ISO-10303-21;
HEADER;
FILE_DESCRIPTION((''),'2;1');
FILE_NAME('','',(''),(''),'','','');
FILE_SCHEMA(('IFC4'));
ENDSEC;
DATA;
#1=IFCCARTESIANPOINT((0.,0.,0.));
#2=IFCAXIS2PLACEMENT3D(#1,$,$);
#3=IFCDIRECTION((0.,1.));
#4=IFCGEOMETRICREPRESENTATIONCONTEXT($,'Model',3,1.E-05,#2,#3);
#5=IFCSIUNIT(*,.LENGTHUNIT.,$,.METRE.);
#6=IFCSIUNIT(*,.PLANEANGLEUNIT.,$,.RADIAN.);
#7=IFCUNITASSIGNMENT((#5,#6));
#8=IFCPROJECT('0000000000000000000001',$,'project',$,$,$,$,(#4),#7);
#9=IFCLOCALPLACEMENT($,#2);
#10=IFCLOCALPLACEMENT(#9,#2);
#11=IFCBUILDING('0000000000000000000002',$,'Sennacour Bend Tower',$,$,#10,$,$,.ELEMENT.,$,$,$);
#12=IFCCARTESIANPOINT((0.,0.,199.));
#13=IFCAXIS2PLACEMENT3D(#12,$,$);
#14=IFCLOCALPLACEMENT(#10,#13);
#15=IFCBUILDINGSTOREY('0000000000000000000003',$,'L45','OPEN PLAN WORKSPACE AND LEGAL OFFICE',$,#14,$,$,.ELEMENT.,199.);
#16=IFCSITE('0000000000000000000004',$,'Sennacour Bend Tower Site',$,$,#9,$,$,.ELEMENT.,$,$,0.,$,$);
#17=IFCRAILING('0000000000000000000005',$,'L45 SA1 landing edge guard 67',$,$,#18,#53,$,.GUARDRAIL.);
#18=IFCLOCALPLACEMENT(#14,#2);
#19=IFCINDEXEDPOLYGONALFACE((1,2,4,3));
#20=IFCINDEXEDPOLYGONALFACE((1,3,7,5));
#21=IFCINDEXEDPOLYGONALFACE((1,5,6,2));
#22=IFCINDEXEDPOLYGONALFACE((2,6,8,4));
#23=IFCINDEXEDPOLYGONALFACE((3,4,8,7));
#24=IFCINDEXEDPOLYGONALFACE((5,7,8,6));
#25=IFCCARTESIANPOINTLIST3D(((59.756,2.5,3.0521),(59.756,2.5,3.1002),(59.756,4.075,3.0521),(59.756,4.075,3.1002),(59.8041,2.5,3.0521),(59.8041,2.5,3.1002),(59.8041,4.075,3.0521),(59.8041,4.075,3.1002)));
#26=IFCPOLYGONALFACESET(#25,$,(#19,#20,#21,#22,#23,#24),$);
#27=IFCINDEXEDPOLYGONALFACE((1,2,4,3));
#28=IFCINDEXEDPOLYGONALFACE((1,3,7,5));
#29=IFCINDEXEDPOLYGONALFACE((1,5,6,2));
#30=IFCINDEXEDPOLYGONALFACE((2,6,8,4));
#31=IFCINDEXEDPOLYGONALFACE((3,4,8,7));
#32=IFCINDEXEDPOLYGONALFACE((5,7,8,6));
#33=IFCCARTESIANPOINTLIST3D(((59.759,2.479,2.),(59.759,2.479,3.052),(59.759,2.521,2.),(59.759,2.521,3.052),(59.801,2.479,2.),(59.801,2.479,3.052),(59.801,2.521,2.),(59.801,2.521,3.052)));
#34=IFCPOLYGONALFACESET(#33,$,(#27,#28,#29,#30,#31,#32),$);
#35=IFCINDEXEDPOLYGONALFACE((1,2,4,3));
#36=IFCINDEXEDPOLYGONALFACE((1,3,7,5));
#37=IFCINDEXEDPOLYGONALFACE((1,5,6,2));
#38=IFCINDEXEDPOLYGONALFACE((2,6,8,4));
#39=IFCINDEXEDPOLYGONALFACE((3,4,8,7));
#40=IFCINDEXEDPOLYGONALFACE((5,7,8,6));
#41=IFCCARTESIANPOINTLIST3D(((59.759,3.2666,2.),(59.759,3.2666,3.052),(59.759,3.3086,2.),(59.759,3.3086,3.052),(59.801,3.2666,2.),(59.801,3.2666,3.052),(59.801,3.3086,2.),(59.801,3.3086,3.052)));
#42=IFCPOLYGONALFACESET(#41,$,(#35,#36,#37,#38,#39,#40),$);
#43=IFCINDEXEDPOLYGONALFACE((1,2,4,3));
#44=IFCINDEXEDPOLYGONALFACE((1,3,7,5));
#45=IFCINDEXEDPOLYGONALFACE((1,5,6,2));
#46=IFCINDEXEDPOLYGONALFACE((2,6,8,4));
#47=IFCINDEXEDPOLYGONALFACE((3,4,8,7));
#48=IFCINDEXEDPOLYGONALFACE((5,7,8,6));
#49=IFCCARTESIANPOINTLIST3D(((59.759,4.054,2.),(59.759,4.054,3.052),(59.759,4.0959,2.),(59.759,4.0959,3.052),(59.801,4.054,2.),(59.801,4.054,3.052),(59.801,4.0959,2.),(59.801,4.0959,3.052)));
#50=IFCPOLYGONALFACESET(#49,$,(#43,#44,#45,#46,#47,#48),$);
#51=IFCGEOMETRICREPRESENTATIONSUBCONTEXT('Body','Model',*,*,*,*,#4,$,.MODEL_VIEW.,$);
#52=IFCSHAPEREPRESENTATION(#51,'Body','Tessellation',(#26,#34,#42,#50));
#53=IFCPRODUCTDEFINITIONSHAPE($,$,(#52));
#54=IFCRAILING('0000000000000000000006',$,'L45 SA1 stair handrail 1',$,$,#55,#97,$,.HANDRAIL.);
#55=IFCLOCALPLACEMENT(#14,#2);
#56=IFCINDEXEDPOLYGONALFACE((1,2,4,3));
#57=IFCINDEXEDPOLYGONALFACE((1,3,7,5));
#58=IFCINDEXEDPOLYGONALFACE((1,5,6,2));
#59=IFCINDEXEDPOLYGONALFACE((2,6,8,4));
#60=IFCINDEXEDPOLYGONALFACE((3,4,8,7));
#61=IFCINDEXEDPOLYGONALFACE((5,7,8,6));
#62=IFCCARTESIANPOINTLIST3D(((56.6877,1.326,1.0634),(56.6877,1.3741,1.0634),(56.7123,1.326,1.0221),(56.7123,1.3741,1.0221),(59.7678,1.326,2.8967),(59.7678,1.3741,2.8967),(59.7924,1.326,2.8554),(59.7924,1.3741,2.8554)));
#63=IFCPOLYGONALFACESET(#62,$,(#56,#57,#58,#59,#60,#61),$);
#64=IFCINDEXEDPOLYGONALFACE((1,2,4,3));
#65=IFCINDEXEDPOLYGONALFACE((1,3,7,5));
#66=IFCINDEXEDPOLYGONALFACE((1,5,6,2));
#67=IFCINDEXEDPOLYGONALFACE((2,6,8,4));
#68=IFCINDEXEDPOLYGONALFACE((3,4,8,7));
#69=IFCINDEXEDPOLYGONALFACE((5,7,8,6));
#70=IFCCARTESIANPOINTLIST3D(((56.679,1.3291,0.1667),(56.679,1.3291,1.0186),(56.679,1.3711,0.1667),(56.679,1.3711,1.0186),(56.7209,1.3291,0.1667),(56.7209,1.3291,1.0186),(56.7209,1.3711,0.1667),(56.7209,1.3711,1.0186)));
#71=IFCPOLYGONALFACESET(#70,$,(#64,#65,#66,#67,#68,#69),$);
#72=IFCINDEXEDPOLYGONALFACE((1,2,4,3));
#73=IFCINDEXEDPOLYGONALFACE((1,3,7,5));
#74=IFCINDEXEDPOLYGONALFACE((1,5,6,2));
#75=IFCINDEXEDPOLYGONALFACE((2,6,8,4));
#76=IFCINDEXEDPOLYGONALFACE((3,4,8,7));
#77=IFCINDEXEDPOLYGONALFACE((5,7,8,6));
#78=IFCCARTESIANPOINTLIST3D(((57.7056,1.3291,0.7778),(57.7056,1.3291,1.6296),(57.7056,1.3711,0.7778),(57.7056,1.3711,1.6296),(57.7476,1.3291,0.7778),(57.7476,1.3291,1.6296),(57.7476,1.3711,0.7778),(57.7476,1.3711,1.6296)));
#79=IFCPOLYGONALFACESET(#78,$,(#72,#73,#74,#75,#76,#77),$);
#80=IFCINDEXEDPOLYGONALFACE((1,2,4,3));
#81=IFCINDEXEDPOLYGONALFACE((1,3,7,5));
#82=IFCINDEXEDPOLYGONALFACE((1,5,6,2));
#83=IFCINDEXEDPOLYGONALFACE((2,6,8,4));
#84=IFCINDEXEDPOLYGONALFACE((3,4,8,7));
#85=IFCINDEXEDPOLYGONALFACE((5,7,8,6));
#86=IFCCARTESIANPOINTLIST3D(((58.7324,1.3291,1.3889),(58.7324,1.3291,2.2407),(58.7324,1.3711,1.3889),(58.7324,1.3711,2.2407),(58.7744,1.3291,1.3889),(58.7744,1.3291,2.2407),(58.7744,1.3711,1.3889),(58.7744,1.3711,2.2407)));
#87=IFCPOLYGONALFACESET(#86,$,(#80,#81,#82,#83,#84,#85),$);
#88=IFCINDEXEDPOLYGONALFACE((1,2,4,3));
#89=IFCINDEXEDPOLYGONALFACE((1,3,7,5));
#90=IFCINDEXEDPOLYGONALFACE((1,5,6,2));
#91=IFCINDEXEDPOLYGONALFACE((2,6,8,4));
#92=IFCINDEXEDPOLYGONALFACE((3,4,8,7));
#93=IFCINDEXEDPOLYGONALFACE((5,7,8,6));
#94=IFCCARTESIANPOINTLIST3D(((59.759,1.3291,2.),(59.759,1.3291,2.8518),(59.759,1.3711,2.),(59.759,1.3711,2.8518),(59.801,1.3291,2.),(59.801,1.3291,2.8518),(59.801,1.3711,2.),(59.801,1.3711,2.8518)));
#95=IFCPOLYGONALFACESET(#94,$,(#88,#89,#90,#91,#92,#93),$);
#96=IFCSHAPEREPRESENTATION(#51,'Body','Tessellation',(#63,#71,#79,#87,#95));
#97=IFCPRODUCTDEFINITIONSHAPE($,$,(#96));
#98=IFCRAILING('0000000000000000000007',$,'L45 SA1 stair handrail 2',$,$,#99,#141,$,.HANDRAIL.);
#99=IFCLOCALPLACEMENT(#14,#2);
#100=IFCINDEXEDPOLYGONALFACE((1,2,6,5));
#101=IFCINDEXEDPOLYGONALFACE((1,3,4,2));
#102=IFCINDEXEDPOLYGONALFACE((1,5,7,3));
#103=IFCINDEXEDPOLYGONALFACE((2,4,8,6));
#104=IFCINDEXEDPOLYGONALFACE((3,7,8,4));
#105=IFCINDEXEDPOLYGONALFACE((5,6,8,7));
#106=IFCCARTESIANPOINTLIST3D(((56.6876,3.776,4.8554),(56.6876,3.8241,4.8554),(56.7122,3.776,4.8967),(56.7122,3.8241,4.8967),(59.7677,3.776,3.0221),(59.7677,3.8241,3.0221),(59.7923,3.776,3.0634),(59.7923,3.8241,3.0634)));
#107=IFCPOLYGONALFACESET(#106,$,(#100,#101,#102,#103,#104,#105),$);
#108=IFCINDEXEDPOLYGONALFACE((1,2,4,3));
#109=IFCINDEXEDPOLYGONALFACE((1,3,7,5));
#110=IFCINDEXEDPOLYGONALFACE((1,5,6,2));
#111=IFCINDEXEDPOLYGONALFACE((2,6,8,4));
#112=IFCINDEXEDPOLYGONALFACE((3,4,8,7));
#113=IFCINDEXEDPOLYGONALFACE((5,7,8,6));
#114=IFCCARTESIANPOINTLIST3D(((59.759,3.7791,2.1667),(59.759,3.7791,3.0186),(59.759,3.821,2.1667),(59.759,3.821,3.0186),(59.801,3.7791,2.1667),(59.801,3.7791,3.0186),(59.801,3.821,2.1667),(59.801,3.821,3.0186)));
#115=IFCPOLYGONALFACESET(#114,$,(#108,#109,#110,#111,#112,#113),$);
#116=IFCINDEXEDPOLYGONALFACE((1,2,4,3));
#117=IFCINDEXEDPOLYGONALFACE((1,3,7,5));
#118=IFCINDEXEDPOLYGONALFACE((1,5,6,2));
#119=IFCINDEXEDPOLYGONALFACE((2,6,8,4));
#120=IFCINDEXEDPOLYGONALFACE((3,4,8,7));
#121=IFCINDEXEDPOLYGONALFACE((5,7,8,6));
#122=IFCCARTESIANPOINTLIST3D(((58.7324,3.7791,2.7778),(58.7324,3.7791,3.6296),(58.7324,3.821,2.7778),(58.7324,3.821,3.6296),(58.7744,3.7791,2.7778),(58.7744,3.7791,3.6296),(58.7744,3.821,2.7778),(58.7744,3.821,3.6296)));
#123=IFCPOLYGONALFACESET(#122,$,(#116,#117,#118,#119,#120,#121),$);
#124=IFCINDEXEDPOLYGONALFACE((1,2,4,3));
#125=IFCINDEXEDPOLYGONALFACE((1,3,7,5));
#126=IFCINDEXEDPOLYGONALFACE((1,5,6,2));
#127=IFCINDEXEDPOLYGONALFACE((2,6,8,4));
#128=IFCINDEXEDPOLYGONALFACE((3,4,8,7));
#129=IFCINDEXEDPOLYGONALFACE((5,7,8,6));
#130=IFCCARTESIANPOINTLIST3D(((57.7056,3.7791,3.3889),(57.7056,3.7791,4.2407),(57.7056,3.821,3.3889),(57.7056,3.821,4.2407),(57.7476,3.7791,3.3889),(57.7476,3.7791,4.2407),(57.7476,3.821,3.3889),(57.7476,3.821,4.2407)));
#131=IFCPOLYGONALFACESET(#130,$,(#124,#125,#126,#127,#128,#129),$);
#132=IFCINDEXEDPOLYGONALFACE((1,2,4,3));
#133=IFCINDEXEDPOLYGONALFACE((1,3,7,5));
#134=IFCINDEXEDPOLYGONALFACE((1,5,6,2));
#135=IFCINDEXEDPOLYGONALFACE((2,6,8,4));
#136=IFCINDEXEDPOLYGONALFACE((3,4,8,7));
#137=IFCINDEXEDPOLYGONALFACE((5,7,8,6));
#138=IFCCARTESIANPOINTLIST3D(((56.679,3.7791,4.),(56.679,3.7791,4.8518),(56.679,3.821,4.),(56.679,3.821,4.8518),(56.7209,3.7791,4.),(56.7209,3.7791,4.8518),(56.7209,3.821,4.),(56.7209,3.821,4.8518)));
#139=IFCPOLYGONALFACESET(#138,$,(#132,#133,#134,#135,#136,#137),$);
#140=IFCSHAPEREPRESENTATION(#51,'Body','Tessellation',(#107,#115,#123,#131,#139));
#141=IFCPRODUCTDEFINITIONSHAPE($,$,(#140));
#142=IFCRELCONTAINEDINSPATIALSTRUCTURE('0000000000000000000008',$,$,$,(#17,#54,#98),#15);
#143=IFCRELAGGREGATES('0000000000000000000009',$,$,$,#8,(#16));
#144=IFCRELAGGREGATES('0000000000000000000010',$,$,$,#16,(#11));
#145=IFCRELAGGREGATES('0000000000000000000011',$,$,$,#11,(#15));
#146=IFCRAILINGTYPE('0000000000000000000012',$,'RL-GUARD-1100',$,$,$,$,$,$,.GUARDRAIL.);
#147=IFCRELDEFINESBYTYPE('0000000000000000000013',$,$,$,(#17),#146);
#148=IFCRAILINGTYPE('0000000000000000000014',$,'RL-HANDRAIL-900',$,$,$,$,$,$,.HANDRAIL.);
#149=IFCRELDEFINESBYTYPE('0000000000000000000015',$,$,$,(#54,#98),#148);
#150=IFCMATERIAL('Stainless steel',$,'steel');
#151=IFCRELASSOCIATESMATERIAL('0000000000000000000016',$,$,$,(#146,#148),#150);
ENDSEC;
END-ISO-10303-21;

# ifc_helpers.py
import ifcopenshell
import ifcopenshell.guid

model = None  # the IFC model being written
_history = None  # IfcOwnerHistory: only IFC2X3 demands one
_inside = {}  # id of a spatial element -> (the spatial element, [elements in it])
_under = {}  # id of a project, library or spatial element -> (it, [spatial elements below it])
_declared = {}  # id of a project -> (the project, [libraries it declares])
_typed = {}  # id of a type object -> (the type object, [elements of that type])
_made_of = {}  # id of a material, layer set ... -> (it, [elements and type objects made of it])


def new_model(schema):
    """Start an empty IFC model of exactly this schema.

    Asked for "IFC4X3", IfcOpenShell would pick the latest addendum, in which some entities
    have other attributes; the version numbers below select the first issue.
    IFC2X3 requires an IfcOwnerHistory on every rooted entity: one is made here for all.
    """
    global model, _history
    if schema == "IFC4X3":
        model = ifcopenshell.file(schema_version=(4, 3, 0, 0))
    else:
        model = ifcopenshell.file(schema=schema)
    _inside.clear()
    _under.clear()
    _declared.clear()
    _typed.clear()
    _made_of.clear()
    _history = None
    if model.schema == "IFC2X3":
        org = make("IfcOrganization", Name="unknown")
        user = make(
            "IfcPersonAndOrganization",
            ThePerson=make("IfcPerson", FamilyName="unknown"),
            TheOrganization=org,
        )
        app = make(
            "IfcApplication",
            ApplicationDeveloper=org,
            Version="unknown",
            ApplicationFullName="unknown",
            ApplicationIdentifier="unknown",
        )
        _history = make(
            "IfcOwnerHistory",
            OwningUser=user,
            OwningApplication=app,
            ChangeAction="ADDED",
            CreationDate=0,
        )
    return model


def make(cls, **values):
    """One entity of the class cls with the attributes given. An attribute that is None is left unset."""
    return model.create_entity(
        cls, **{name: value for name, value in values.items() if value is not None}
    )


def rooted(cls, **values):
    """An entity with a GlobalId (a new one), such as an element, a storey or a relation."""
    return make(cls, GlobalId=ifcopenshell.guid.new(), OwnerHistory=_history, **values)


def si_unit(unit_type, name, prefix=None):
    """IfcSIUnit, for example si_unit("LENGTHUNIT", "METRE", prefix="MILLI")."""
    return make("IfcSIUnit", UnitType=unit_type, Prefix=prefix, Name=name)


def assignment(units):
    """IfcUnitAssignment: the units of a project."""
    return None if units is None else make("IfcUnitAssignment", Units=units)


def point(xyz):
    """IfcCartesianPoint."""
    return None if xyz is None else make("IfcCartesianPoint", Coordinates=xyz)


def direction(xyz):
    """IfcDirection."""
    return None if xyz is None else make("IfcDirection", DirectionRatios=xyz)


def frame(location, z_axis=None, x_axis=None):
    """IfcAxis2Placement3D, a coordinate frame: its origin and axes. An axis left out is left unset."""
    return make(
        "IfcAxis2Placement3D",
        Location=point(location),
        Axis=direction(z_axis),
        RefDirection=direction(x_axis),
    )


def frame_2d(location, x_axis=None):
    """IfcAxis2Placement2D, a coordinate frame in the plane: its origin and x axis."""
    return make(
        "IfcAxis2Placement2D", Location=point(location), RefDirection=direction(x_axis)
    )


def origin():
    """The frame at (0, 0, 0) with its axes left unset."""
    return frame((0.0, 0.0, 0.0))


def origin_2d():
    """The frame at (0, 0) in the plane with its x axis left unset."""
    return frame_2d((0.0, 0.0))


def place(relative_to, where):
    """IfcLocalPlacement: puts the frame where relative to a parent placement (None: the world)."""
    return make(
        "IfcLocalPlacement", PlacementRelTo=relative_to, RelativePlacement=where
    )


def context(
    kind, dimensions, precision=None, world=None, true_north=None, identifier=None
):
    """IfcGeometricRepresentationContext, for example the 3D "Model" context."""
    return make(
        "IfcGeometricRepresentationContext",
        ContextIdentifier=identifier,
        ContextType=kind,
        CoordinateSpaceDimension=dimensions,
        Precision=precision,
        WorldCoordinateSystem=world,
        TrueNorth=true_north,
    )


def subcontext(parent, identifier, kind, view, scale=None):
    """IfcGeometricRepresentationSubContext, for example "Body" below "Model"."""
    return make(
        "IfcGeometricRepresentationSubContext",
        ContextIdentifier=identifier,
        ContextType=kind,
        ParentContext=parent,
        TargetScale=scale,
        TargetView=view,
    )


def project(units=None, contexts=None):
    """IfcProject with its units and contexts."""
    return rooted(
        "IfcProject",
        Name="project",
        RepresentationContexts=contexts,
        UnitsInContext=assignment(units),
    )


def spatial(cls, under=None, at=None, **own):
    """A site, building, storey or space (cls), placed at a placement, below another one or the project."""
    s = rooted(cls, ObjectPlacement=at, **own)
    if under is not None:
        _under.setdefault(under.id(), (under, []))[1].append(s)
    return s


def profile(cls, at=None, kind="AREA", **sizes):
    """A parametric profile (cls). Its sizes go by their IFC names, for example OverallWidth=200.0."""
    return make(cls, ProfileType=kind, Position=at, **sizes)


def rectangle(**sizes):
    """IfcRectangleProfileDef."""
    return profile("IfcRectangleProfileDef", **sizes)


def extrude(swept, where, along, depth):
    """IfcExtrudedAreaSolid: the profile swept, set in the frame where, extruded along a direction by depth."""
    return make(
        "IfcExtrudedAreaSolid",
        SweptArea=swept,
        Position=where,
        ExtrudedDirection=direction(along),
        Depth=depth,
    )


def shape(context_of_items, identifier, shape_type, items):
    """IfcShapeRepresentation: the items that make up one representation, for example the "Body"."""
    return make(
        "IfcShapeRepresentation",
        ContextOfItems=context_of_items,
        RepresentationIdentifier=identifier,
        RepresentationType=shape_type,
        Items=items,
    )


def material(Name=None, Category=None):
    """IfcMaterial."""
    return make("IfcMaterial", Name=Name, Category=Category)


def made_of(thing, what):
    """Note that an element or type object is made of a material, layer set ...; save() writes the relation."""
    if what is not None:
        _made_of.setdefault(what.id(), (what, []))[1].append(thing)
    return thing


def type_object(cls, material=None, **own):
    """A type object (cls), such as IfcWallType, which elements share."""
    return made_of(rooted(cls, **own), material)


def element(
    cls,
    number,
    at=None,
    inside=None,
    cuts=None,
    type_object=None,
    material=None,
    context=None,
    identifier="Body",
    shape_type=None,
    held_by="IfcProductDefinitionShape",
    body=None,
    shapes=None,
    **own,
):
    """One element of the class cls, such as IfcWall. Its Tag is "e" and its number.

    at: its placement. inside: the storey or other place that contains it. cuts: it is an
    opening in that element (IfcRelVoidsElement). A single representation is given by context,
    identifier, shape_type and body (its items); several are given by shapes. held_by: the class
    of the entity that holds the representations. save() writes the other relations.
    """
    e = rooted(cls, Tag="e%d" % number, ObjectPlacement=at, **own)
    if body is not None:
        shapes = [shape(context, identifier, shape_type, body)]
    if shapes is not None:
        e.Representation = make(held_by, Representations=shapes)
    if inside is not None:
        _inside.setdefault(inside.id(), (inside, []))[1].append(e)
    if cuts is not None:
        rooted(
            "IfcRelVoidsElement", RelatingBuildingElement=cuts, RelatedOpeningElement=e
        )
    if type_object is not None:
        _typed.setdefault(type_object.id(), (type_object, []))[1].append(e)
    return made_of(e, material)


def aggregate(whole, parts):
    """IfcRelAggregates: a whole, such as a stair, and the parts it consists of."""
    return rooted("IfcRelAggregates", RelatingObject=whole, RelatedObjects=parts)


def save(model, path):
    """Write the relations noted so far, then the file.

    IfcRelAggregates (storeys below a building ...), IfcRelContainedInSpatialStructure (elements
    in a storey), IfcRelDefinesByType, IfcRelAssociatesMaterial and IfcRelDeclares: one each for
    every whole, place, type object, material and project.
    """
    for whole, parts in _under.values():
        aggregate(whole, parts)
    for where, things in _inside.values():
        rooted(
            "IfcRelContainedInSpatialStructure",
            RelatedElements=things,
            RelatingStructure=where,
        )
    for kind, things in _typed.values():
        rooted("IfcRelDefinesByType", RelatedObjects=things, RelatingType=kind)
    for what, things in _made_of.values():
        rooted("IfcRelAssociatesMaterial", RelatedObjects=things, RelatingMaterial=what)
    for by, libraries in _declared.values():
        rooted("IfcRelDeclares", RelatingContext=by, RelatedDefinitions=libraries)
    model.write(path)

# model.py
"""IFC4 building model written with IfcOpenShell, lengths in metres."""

from ifc_helpers import new_model, si_unit, direction, frame, origin, origin_2d, place, context, subcontext, project, spatial, rectangle, extrude, material, type_object, element, save


model = new_model("IFC4")

# Units and contexts
model_context = context("Model", 3, precision=1e-05, world=origin(), true_north=direction((0.0, 1.0)))
body_context = subcontext(model_context, "Body", "Model", "MODEL_VIEW")
ifc_project = project(units=[si_unit("LENGTHUNIT", "METRE"), si_unit("PLANEANGLEUNIT", "RADIAN")], contexts=[model_context])

# Site, building, storey
site_placement = place(None, origin())
site = spatial("IfcSite", under=ifc_project, at=site_placement, Name="Sennacour Bend Tower Site", CompositionType="ELEMENT", RefElevation=0.0)
building_placement = place(site_placement, origin())
building = spatial("IfcBuilding", under=site, at=building_placement, Name="Sennacour Bend Tower", CompositionType="ELEMENT")
storey_placement = place(building_placement, frame((0.0, 0.0, 199.0)))
storey = spatial("IfcBuildingStorey", under=building, at=storey_placement, Name="L45", Description="OPEN PLAN WORKSPACE AND LEGAL OFFICE", CompositionType="ELEMENT", Elevation=199.0)

# Shared definitions
ifc_material_1 = material(Name="Stainless steel", Category="steel")

# Railings
railing_type_1 = type_object("IfcRailingType", Name="RL-GUARD-1100", PredefinedType="GUARDRAIL", material=ifc_material_1)
railing_1_placement = place(storey_placement, frame((59.78, 2.5, 2.0)))
element("IfcRailing", 1, at=railing_1_placement, inside=storey, type_object=railing_type_1, Name="L45 SA1 landing edge guard 67", PredefinedType="GUARDRAIL", context=body_context, shape_type="SweptSolid", body=[
    extrude(rectangle(XDim=0.0481, YDim=0.0481, at=origin_2d()), frame((0.0, 0.0, 1.0762), z_axis=(0.0, 1.0, 0.0), x_axis=(-1.0, 0.0, 0.0)), (0.0, 0.0, 1.0), 1.575),
    extrude(rectangle(XDim=0.042, YDim=0.042, at=origin_2d()), origin(), (0.0, 0.0, 1.0), 1.052),
    extrude(rectangle(XDim=0.042, YDim=0.042, at=origin_2d()), frame((0.0, 0.7876, 0.0)), (0.0, 0.0, 1.0), 1.052),
    extrude(rectangle(XDim=0.042, YDim=0.042, at=origin_2d()), frame((0.0, 1.575, 0.0)), (0.0, 0.0, 1.0), 1.052),
])
railing_type_2 = type_object("IfcRailingType", Name="RL-HANDRAIL-900", PredefinedType="HANDRAIL", material=ifc_material_1)
railing_2_placement = place(storey_placement, frame((56.7, 1.3501, 0.1667)))
element("IfcRailing", 2, at=railing_2_placement, inside=storey, type_object=railing_type_2, Name="L45 SA1 stair handrail 1", PredefinedType="HANDRAIL", context=body_context, shape_type="SweptSolid", body=[
    extrude(rectangle(XDim=0.0481, YDim=0.0481, at=origin_2d()), frame((0.0, 0.0, 0.876), z_axis=(0.859309, 0.0, 0.511458), x_axis=(0.0, 1.0, 0.0)), (0.0, 0.0, 1.0), 3.5845),
    extrude(rectangle(XDim=0.042, YDim=0.042, at=origin_2d()), origin(), (0.0, 0.0, 1.0), 0.8518),
    extrude(rectangle(XDim=0.042, YDim=0.042, at=origin_2d()), frame((1.0266, 0.0, 0.6111)), (0.0, 0.0, 1.0), 0.8518),
    extrude(rectangle(XDim=0.042, YDim=0.042, at=origin_2d()), frame((2.0535, 0.0, 1.2222)), (0.0, 0.0, 1.0), 0.8518),
    extrude(rectangle(XDim=0.042, YDim=0.042, at=origin_2d()), frame((3.0801, 0.0, 1.8333)), (0.0, 0.0, 1.0), 0.8518),
])
railing_3_placement = place(storey_placement, frame((59.78, 3.8, 2.1667)))
element("IfcRailing", 3, at=railing_3_placement, inside=storey, type_object=railing_type_2, Name="L45 SA1 stair handrail 2", PredefinedType="HANDRAIL", context=body_context, shape_type="SweptSolid", body=[
    extrude(rectangle(XDim=0.0481, YDim=0.0481, at=origin_2d()), frame((0.0, 0.0, 0.876), z_axis=(-0.859309, 0.0, 0.511458), x_axis=(0.0, -1.0, 0.0)), (0.0, 0.0, 1.0), 3.5845),
    extrude(rectangle(XDim=0.042, YDim=0.042, at=origin_2d()), origin(), (0.0, 0.0, 1.0), 0.8518),
    extrude(rectangle(XDim=0.042, YDim=0.042, at=origin_2d()), frame((-1.0266, 0.0, 0.6111)), (0.0, 0.0, 1.0), 0.8518),
    extrude(rectangle(XDim=0.042, YDim=0.042, at=origin_2d()), frame((-2.0535, 0.0, 1.2222)), (0.0, 0.0, 1.0), 0.8518),
    extrude(rectangle(XDim=0.042, YDim=0.042, at=origin_2d()), frame((-3.0801, 0.0, 1.8333)), (0.0, 0.0, 1.0), 0.8518),
])

save(model, "model.ifc")
